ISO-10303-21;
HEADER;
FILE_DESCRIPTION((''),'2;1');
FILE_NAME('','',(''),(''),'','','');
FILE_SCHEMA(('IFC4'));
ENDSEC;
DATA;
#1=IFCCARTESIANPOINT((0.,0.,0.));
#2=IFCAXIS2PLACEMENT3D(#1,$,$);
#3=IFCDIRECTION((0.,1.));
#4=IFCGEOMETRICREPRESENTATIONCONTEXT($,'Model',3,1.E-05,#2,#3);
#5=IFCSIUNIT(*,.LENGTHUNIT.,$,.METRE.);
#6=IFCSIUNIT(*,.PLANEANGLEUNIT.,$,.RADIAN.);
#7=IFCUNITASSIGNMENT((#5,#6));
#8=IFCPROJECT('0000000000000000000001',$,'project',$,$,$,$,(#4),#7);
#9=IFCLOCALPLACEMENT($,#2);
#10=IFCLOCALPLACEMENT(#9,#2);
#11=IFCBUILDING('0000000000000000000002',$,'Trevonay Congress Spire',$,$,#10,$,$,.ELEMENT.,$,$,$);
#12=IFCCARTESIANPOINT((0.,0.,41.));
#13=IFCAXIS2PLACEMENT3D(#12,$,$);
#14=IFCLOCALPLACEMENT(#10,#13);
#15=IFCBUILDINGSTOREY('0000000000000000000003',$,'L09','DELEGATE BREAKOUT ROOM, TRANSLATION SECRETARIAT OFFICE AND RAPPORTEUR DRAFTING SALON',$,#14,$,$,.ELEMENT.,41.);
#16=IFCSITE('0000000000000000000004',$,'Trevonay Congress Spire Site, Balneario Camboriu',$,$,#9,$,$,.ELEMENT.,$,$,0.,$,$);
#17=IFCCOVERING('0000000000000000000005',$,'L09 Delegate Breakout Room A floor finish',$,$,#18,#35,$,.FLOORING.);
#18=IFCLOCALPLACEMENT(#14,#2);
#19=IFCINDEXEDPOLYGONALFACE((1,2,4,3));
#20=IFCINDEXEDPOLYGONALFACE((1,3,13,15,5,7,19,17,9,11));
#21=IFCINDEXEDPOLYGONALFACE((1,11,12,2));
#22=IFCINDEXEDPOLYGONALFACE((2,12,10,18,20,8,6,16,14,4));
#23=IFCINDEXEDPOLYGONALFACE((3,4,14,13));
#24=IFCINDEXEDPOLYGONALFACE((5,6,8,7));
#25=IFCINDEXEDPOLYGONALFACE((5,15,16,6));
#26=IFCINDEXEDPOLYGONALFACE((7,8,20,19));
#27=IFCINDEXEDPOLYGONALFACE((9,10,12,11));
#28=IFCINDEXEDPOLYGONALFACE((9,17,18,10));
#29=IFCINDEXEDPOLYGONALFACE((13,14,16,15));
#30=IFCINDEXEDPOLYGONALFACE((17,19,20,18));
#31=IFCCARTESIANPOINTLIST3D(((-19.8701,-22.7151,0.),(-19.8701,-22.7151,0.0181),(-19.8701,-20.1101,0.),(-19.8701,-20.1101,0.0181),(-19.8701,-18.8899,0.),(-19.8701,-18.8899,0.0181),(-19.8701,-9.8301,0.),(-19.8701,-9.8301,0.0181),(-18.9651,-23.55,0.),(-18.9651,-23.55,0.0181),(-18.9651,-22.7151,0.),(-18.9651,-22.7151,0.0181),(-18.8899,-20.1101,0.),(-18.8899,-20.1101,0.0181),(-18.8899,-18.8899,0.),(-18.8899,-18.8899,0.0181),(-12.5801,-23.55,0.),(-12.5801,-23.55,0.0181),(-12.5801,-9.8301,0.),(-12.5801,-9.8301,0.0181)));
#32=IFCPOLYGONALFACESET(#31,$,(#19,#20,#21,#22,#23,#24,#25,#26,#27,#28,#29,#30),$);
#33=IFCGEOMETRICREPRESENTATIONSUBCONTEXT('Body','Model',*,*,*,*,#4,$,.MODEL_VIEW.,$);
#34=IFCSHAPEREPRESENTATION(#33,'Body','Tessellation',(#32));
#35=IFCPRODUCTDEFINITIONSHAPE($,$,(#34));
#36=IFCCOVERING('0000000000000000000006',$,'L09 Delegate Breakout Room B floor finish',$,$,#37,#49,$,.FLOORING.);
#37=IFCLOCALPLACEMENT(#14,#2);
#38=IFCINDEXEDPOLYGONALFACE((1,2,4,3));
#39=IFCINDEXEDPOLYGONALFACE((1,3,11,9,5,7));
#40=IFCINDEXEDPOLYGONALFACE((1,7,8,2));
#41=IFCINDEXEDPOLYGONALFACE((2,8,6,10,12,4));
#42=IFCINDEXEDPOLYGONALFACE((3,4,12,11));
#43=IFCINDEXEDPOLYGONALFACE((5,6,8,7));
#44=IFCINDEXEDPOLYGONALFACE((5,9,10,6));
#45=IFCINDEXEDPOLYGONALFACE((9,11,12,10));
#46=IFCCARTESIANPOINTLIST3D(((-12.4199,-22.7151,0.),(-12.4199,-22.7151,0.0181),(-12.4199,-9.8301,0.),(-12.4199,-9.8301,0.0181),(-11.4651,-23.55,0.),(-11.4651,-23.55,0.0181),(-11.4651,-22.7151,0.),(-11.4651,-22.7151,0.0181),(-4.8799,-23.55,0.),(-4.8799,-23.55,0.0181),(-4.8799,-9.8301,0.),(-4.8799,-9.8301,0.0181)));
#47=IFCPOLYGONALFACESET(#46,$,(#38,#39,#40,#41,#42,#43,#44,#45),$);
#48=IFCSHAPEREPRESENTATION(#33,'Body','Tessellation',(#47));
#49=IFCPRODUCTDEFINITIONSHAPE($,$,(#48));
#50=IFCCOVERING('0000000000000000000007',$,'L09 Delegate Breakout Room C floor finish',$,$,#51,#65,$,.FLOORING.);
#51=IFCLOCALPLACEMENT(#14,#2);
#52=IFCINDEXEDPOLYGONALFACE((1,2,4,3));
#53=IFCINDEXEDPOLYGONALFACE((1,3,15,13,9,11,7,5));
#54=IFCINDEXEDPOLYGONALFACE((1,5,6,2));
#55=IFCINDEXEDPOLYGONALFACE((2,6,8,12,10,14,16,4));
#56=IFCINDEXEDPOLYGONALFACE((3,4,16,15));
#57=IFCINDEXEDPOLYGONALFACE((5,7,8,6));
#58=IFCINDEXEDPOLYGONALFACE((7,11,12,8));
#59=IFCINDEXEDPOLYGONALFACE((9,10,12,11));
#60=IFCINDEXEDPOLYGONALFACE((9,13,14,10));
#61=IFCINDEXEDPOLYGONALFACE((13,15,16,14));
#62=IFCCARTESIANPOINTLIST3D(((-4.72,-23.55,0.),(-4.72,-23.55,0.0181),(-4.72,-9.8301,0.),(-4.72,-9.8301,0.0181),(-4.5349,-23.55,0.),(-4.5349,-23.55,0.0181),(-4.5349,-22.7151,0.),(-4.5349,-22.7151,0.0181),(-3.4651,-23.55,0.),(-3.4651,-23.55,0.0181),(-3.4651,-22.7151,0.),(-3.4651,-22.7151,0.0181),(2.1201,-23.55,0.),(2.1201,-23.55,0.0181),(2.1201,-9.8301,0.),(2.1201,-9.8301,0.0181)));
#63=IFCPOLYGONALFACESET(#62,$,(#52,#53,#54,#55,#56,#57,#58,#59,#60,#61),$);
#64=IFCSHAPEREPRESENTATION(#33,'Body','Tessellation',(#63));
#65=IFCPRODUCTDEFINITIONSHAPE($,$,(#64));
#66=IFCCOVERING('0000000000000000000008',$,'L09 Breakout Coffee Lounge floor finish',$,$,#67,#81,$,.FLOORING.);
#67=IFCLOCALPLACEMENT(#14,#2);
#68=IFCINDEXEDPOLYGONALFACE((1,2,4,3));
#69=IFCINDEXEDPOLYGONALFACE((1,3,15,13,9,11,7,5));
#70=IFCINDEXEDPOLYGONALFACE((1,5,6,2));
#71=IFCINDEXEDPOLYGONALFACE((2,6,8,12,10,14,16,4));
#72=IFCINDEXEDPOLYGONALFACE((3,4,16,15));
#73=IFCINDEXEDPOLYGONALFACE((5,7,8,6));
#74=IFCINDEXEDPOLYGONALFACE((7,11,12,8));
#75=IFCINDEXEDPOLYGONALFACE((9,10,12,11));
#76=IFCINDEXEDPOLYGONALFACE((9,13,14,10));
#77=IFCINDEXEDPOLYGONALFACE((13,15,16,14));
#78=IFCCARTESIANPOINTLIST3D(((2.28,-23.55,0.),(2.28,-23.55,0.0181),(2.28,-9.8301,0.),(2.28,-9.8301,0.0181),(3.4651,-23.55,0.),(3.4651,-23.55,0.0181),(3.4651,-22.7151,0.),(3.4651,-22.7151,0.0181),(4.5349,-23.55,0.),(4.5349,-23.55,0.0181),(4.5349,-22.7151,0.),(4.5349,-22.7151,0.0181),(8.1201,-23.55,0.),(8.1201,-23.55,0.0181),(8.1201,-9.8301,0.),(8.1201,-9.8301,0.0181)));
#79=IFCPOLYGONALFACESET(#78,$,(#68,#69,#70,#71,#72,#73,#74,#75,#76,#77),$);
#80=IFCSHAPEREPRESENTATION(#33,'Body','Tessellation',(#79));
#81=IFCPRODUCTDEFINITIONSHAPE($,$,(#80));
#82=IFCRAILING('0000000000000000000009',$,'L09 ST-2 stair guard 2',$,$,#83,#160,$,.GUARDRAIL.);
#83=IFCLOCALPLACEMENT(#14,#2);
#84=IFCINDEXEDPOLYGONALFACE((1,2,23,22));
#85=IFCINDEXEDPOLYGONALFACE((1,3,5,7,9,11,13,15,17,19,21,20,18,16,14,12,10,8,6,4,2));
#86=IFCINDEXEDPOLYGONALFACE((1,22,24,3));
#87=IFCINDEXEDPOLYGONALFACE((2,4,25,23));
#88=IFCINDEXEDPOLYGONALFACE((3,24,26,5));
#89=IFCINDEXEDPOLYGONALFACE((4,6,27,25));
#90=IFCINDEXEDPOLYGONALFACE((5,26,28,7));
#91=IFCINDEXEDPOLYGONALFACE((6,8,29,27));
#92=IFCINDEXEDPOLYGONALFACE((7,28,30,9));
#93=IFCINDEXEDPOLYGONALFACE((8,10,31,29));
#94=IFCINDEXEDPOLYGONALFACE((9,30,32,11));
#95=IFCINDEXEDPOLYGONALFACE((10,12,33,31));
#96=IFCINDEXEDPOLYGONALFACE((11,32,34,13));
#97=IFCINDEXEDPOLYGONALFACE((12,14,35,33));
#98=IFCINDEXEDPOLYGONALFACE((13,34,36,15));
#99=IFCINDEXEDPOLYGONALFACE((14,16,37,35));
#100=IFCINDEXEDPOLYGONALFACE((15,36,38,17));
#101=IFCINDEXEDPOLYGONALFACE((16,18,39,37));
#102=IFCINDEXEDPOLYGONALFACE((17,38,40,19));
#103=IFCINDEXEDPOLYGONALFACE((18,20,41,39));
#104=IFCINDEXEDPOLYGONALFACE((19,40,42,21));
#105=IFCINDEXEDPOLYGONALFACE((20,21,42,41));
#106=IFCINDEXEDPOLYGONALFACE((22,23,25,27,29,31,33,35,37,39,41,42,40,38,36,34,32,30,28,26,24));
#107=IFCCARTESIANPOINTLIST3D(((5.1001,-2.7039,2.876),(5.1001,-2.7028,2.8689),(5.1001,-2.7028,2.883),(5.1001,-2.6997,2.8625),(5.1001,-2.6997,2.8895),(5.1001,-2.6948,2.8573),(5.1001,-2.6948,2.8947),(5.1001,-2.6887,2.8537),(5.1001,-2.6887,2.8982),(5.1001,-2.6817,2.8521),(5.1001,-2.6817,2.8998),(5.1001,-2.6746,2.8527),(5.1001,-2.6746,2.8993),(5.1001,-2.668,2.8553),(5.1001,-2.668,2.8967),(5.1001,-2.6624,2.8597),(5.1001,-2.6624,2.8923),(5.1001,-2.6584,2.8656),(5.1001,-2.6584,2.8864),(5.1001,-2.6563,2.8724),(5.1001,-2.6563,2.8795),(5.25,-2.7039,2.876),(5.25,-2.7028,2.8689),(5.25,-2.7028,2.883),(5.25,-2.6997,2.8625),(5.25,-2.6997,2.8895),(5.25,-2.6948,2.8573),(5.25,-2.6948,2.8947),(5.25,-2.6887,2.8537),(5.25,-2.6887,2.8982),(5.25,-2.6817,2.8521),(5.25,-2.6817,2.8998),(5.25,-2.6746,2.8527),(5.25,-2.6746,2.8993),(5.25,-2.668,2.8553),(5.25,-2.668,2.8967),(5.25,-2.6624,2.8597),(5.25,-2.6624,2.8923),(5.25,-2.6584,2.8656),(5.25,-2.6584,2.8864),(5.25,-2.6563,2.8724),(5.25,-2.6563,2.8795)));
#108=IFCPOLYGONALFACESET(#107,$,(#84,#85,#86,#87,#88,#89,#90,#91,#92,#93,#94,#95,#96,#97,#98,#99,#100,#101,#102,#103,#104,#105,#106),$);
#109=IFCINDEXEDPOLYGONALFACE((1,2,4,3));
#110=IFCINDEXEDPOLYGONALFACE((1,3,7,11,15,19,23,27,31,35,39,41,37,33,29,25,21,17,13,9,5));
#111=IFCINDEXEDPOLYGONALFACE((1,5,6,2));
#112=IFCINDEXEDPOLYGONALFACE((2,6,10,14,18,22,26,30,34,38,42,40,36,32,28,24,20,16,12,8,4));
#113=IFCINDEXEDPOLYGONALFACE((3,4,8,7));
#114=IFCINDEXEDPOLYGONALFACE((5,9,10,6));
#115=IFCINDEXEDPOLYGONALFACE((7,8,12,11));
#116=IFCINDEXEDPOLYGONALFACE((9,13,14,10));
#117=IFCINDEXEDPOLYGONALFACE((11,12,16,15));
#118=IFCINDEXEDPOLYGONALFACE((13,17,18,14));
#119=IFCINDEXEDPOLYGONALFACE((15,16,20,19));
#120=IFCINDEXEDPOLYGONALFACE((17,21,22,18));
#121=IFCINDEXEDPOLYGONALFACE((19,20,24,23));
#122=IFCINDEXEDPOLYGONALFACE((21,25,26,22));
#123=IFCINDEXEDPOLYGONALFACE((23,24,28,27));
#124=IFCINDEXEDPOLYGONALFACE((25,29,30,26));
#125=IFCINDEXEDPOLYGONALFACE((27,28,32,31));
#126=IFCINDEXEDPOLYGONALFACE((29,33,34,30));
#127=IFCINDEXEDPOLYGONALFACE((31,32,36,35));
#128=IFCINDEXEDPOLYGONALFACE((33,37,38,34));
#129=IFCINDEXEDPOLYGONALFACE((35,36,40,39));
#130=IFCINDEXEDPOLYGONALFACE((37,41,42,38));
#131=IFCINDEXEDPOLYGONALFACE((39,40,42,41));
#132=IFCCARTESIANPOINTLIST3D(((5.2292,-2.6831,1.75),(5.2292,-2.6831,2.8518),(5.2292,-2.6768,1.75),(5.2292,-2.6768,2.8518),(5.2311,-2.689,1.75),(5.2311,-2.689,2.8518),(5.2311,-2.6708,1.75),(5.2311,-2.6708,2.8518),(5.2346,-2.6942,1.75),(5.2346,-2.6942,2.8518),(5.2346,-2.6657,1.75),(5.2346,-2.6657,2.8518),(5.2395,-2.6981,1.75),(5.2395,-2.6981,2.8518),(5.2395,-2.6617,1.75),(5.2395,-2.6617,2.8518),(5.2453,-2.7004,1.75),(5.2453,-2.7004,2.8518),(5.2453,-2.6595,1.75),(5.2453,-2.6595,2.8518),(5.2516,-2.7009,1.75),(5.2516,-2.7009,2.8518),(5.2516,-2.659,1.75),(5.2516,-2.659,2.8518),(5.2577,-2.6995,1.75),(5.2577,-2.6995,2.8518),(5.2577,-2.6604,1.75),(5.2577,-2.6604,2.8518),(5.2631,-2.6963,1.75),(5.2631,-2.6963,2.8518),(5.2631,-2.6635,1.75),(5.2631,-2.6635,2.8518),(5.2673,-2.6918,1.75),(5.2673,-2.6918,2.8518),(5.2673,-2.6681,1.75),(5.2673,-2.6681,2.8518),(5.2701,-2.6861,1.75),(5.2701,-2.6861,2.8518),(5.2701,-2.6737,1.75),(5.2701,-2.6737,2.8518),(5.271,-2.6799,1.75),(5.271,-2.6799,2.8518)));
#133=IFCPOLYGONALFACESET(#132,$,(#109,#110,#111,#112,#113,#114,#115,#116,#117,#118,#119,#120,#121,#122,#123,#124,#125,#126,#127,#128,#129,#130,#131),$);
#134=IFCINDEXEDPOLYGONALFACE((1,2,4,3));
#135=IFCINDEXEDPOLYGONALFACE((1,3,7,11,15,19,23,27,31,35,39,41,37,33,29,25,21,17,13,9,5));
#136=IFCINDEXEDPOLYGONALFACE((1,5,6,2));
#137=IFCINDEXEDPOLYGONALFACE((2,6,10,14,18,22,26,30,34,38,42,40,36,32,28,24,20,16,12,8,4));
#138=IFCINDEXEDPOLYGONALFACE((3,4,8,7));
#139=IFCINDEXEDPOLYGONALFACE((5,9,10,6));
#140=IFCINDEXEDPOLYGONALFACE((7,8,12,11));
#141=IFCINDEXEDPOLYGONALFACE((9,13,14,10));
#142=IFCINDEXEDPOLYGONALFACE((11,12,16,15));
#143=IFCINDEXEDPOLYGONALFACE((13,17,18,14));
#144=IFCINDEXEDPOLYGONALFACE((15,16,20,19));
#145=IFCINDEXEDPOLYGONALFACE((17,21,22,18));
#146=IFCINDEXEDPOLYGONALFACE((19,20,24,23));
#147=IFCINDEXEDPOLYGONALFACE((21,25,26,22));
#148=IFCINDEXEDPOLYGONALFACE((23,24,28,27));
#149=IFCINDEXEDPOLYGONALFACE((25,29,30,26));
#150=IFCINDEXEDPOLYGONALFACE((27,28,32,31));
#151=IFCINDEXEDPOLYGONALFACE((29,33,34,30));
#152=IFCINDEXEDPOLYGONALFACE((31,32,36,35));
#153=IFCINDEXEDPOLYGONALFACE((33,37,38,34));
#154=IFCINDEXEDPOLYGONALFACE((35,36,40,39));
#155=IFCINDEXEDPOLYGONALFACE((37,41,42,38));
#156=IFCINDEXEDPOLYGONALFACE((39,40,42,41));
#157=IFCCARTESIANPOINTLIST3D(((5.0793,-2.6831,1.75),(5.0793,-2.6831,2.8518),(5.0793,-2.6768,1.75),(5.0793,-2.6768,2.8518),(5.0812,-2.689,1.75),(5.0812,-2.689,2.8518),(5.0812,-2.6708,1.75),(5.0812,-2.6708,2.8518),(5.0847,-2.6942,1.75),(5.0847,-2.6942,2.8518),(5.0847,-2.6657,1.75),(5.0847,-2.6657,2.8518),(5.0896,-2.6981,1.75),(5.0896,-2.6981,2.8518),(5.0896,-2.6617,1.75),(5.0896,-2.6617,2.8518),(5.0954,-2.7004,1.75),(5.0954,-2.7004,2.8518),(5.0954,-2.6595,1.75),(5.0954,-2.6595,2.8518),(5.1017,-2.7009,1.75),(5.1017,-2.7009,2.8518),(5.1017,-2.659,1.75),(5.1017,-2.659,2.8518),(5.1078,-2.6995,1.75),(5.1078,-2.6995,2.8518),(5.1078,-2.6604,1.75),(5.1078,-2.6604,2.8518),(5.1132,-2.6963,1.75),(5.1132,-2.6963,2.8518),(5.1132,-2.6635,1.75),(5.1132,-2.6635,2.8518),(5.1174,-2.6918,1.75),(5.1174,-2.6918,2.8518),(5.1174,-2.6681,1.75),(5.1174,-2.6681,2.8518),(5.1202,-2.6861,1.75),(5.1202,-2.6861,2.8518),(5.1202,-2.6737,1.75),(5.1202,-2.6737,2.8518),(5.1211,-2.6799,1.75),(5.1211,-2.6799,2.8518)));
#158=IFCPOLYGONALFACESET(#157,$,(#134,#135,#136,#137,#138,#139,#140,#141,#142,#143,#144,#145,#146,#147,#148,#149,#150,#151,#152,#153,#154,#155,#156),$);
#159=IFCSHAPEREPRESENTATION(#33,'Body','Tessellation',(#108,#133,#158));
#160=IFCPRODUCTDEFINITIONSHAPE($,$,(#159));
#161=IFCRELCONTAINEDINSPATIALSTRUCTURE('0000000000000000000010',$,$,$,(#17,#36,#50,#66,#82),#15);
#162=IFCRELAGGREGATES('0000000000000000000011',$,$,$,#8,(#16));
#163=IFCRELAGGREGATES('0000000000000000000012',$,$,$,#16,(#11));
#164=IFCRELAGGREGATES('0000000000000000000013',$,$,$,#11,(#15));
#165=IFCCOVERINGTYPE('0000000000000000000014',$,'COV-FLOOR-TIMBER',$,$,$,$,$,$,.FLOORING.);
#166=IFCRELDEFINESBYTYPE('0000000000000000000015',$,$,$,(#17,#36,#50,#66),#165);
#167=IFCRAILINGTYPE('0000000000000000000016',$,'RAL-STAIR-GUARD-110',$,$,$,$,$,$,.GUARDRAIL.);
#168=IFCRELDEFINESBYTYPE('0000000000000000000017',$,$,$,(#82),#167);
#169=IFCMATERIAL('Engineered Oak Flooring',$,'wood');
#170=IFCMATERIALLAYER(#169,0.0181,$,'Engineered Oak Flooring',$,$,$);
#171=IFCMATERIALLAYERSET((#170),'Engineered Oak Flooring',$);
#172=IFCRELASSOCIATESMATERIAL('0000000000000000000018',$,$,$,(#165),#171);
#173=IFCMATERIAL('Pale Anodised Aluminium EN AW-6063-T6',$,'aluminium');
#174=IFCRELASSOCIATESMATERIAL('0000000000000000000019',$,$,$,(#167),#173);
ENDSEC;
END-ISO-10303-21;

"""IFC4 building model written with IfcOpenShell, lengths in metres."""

from ifc_helpers import new_model, si_unit, direction, frame, origin, origin_2d, place, context, subcontext, project, spatial, polyline, circle, outline, extrude, material, layer, layer_set, type_object, element, save


model = new_model("IFC4")

# Units and contexts
model_context = context("Model", 3, precision=1e-05, world=origin(), true_north=direction((0.0, 1.0)))
body_context = subcontext(model_context, "Body", "Model", "MODEL_VIEW")
ifc_project = project(units=[si_unit("LENGTHUNIT", "METRE"), si_unit("PLANEANGLEUNIT", "RADIAN")], contexts=[model_context])

# Site, building, storey
site_placement = place(None, origin())
site = spatial("IfcSite", under=ifc_project, at=site_placement, Name="Trevonay Congress Spire Site, Balneario Camboriu", CompositionType="ELEMENT", RefElevation=0.0)
building_placement = place(site_placement, origin())
building = spatial("IfcBuilding", under=site, at=building_placement, Name="Trevonay Congress Spire", CompositionType="ELEMENT")
storey_placement = place(building_placement, frame((0.0, 0.0, 41.0)))
storey = spatial("IfcBuildingStorey", under=building, at=storey_placement, Name="L09", Description="DELEGATE BREAKOUT ROOM, TRANSLATION SECRETARIAT OFFICE AND RAPPORTEUR DRAFTING SALON", CompositionType="ELEMENT", Elevation=41.0)

# Coverings
ifc_material_1 = material(Name="Engineered Oak Flooring", Category="wood")
ifc_layer_1 = layer(ifc_material_1, 0.0181, Name="Engineered Oak Flooring")
ifc_layer_set_1 = layer_set([ifc_layer_1], Name="Engineered Oak Flooring")
covering_type_1 = type_object("IfcCoveringType", Name="COV-FLOOR-TIMBER", PredefinedType="FLOORING", material=ifc_layer_set_1)
covering_1_placement = place(storey_placement, origin())
element("IfcCovering", 1, at=covering_1_placement, inside=storey, type_object=covering_type_1, Name="L09 Delegate Breakout Room A floor finish", PredefinedType="FLOORING", context=body_context, shape_type="SweptSolid", body=[
    extrude(outline(polyline([(-19.8701, -9.8301), (-12.5801, -9.8301), (-12.5801, -23.55), (-18.9651, -23.55), (-18.9651, -22.7151), (-19.8701, -22.7151), (-19.8701, -20.1101), (-18.8899, -20.1101), (-18.8899, -18.8899), (-19.8701, -18.8899), (-19.8701, -9.8301)])), origin(), (0.0, 0.0, 1.0), 0.0181),
])
covering_2_placement = place(storey_placement, origin())
element("IfcCovering", 2, at=covering_2_placement, inside=storey, type_object=covering_type_1, Name="L09 Delegate Breakout Room B floor finish", PredefinedType="FLOORING", context=body_context, shape_type="SweptSolid", body=[
    extrude(outline(polyline([(-12.4199, -9.8301), (-4.8799, -9.8301), (-4.8799, -23.55), (-11.4651, -23.55), (-11.4651, -22.7151), (-12.4199, -22.7151), (-12.4199, -9.8301)])), origin(), (0.0, 0.0, 1.0), 0.0181),
])
covering_3_placement = place(storey_placement, origin())
element("IfcCovering", 3, at=covering_3_placement, inside=storey, type_object=covering_type_1, Name="L09 Delegate Breakout Room C floor finish", PredefinedType="FLOORING", context=body_context, shape_type="SweptSolid", body=[
    extrude(outline(polyline([(-4.72, -23.55), (-4.72, -9.8301), (2.1201, -9.8301), (2.1201, -23.55), (-3.4651, -23.55), (-3.4651, -22.7151), (-4.5349, -22.7151), (-4.5349, -23.55), (-4.72, -23.55)])), origin(), (0.0, 0.0, 1.0), 0.0181),
])
covering_4_placement = place(storey_placement, origin())
element("IfcCovering", 4, at=covering_4_placement, inside=storey, type_object=covering_type_1, Name="L09 Breakout Coffee Lounge floor finish", PredefinedType="FLOORING", context=body_context, shape_type="SweptSolid", body=[
    extrude(outline(polyline([(2.28, -23.55), (2.28, -9.8301), (8.1201, -9.8301), (8.1201, -23.55), (4.5349, -23.55), (4.5349, -22.7151), (3.4651, -22.7151), (3.4651, -23.55), (2.28, -23.55)])), origin(), (0.0, 0.0, 1.0), 0.0181),
])

# Railing
ifc_material_2 = material(Name="Pale Anodised Aluminium EN AW-6063-T6", Category="aluminium")
railing_type_1 = type_object("IfcRailingType", Name="RAL-STAIR-GUARD-110", PredefinedType="GUARDRAIL", material=ifc_material_2)
railing_1_placement = place(storey_placement, frame((5.25, -2.6799, 1.75)))
element("IfcRailing", 5, at=railing_1_placement, inside=storey, type_object=railing_type_1, Name="L09 ST-2 stair guard 2", PredefinedType="GUARDRAIL", context=body_context, shape_type="SweptSolid", body=[
    extrude(circle(Radius=0.0239, at=origin_2d()), frame((0.0, 0.0, 1.126), z_axis=(-1.0, 0.0, 0.0), x_axis=(0.0, -1.0, 0.0)), (0.0, 0.0, 1.0), 0.1499),
    extrude(circle(Radius=0.021, at=origin_2d()), origin(), (0.0, 0.0, 1.0), 1.1018),
    extrude(circle(Radius=0.021, at=origin_2d()), frame((-0.1499, 0.0, 0.0)), (0.0, 0.0, 1.0), 1.1018),
])

save(model, "model.ifc")
